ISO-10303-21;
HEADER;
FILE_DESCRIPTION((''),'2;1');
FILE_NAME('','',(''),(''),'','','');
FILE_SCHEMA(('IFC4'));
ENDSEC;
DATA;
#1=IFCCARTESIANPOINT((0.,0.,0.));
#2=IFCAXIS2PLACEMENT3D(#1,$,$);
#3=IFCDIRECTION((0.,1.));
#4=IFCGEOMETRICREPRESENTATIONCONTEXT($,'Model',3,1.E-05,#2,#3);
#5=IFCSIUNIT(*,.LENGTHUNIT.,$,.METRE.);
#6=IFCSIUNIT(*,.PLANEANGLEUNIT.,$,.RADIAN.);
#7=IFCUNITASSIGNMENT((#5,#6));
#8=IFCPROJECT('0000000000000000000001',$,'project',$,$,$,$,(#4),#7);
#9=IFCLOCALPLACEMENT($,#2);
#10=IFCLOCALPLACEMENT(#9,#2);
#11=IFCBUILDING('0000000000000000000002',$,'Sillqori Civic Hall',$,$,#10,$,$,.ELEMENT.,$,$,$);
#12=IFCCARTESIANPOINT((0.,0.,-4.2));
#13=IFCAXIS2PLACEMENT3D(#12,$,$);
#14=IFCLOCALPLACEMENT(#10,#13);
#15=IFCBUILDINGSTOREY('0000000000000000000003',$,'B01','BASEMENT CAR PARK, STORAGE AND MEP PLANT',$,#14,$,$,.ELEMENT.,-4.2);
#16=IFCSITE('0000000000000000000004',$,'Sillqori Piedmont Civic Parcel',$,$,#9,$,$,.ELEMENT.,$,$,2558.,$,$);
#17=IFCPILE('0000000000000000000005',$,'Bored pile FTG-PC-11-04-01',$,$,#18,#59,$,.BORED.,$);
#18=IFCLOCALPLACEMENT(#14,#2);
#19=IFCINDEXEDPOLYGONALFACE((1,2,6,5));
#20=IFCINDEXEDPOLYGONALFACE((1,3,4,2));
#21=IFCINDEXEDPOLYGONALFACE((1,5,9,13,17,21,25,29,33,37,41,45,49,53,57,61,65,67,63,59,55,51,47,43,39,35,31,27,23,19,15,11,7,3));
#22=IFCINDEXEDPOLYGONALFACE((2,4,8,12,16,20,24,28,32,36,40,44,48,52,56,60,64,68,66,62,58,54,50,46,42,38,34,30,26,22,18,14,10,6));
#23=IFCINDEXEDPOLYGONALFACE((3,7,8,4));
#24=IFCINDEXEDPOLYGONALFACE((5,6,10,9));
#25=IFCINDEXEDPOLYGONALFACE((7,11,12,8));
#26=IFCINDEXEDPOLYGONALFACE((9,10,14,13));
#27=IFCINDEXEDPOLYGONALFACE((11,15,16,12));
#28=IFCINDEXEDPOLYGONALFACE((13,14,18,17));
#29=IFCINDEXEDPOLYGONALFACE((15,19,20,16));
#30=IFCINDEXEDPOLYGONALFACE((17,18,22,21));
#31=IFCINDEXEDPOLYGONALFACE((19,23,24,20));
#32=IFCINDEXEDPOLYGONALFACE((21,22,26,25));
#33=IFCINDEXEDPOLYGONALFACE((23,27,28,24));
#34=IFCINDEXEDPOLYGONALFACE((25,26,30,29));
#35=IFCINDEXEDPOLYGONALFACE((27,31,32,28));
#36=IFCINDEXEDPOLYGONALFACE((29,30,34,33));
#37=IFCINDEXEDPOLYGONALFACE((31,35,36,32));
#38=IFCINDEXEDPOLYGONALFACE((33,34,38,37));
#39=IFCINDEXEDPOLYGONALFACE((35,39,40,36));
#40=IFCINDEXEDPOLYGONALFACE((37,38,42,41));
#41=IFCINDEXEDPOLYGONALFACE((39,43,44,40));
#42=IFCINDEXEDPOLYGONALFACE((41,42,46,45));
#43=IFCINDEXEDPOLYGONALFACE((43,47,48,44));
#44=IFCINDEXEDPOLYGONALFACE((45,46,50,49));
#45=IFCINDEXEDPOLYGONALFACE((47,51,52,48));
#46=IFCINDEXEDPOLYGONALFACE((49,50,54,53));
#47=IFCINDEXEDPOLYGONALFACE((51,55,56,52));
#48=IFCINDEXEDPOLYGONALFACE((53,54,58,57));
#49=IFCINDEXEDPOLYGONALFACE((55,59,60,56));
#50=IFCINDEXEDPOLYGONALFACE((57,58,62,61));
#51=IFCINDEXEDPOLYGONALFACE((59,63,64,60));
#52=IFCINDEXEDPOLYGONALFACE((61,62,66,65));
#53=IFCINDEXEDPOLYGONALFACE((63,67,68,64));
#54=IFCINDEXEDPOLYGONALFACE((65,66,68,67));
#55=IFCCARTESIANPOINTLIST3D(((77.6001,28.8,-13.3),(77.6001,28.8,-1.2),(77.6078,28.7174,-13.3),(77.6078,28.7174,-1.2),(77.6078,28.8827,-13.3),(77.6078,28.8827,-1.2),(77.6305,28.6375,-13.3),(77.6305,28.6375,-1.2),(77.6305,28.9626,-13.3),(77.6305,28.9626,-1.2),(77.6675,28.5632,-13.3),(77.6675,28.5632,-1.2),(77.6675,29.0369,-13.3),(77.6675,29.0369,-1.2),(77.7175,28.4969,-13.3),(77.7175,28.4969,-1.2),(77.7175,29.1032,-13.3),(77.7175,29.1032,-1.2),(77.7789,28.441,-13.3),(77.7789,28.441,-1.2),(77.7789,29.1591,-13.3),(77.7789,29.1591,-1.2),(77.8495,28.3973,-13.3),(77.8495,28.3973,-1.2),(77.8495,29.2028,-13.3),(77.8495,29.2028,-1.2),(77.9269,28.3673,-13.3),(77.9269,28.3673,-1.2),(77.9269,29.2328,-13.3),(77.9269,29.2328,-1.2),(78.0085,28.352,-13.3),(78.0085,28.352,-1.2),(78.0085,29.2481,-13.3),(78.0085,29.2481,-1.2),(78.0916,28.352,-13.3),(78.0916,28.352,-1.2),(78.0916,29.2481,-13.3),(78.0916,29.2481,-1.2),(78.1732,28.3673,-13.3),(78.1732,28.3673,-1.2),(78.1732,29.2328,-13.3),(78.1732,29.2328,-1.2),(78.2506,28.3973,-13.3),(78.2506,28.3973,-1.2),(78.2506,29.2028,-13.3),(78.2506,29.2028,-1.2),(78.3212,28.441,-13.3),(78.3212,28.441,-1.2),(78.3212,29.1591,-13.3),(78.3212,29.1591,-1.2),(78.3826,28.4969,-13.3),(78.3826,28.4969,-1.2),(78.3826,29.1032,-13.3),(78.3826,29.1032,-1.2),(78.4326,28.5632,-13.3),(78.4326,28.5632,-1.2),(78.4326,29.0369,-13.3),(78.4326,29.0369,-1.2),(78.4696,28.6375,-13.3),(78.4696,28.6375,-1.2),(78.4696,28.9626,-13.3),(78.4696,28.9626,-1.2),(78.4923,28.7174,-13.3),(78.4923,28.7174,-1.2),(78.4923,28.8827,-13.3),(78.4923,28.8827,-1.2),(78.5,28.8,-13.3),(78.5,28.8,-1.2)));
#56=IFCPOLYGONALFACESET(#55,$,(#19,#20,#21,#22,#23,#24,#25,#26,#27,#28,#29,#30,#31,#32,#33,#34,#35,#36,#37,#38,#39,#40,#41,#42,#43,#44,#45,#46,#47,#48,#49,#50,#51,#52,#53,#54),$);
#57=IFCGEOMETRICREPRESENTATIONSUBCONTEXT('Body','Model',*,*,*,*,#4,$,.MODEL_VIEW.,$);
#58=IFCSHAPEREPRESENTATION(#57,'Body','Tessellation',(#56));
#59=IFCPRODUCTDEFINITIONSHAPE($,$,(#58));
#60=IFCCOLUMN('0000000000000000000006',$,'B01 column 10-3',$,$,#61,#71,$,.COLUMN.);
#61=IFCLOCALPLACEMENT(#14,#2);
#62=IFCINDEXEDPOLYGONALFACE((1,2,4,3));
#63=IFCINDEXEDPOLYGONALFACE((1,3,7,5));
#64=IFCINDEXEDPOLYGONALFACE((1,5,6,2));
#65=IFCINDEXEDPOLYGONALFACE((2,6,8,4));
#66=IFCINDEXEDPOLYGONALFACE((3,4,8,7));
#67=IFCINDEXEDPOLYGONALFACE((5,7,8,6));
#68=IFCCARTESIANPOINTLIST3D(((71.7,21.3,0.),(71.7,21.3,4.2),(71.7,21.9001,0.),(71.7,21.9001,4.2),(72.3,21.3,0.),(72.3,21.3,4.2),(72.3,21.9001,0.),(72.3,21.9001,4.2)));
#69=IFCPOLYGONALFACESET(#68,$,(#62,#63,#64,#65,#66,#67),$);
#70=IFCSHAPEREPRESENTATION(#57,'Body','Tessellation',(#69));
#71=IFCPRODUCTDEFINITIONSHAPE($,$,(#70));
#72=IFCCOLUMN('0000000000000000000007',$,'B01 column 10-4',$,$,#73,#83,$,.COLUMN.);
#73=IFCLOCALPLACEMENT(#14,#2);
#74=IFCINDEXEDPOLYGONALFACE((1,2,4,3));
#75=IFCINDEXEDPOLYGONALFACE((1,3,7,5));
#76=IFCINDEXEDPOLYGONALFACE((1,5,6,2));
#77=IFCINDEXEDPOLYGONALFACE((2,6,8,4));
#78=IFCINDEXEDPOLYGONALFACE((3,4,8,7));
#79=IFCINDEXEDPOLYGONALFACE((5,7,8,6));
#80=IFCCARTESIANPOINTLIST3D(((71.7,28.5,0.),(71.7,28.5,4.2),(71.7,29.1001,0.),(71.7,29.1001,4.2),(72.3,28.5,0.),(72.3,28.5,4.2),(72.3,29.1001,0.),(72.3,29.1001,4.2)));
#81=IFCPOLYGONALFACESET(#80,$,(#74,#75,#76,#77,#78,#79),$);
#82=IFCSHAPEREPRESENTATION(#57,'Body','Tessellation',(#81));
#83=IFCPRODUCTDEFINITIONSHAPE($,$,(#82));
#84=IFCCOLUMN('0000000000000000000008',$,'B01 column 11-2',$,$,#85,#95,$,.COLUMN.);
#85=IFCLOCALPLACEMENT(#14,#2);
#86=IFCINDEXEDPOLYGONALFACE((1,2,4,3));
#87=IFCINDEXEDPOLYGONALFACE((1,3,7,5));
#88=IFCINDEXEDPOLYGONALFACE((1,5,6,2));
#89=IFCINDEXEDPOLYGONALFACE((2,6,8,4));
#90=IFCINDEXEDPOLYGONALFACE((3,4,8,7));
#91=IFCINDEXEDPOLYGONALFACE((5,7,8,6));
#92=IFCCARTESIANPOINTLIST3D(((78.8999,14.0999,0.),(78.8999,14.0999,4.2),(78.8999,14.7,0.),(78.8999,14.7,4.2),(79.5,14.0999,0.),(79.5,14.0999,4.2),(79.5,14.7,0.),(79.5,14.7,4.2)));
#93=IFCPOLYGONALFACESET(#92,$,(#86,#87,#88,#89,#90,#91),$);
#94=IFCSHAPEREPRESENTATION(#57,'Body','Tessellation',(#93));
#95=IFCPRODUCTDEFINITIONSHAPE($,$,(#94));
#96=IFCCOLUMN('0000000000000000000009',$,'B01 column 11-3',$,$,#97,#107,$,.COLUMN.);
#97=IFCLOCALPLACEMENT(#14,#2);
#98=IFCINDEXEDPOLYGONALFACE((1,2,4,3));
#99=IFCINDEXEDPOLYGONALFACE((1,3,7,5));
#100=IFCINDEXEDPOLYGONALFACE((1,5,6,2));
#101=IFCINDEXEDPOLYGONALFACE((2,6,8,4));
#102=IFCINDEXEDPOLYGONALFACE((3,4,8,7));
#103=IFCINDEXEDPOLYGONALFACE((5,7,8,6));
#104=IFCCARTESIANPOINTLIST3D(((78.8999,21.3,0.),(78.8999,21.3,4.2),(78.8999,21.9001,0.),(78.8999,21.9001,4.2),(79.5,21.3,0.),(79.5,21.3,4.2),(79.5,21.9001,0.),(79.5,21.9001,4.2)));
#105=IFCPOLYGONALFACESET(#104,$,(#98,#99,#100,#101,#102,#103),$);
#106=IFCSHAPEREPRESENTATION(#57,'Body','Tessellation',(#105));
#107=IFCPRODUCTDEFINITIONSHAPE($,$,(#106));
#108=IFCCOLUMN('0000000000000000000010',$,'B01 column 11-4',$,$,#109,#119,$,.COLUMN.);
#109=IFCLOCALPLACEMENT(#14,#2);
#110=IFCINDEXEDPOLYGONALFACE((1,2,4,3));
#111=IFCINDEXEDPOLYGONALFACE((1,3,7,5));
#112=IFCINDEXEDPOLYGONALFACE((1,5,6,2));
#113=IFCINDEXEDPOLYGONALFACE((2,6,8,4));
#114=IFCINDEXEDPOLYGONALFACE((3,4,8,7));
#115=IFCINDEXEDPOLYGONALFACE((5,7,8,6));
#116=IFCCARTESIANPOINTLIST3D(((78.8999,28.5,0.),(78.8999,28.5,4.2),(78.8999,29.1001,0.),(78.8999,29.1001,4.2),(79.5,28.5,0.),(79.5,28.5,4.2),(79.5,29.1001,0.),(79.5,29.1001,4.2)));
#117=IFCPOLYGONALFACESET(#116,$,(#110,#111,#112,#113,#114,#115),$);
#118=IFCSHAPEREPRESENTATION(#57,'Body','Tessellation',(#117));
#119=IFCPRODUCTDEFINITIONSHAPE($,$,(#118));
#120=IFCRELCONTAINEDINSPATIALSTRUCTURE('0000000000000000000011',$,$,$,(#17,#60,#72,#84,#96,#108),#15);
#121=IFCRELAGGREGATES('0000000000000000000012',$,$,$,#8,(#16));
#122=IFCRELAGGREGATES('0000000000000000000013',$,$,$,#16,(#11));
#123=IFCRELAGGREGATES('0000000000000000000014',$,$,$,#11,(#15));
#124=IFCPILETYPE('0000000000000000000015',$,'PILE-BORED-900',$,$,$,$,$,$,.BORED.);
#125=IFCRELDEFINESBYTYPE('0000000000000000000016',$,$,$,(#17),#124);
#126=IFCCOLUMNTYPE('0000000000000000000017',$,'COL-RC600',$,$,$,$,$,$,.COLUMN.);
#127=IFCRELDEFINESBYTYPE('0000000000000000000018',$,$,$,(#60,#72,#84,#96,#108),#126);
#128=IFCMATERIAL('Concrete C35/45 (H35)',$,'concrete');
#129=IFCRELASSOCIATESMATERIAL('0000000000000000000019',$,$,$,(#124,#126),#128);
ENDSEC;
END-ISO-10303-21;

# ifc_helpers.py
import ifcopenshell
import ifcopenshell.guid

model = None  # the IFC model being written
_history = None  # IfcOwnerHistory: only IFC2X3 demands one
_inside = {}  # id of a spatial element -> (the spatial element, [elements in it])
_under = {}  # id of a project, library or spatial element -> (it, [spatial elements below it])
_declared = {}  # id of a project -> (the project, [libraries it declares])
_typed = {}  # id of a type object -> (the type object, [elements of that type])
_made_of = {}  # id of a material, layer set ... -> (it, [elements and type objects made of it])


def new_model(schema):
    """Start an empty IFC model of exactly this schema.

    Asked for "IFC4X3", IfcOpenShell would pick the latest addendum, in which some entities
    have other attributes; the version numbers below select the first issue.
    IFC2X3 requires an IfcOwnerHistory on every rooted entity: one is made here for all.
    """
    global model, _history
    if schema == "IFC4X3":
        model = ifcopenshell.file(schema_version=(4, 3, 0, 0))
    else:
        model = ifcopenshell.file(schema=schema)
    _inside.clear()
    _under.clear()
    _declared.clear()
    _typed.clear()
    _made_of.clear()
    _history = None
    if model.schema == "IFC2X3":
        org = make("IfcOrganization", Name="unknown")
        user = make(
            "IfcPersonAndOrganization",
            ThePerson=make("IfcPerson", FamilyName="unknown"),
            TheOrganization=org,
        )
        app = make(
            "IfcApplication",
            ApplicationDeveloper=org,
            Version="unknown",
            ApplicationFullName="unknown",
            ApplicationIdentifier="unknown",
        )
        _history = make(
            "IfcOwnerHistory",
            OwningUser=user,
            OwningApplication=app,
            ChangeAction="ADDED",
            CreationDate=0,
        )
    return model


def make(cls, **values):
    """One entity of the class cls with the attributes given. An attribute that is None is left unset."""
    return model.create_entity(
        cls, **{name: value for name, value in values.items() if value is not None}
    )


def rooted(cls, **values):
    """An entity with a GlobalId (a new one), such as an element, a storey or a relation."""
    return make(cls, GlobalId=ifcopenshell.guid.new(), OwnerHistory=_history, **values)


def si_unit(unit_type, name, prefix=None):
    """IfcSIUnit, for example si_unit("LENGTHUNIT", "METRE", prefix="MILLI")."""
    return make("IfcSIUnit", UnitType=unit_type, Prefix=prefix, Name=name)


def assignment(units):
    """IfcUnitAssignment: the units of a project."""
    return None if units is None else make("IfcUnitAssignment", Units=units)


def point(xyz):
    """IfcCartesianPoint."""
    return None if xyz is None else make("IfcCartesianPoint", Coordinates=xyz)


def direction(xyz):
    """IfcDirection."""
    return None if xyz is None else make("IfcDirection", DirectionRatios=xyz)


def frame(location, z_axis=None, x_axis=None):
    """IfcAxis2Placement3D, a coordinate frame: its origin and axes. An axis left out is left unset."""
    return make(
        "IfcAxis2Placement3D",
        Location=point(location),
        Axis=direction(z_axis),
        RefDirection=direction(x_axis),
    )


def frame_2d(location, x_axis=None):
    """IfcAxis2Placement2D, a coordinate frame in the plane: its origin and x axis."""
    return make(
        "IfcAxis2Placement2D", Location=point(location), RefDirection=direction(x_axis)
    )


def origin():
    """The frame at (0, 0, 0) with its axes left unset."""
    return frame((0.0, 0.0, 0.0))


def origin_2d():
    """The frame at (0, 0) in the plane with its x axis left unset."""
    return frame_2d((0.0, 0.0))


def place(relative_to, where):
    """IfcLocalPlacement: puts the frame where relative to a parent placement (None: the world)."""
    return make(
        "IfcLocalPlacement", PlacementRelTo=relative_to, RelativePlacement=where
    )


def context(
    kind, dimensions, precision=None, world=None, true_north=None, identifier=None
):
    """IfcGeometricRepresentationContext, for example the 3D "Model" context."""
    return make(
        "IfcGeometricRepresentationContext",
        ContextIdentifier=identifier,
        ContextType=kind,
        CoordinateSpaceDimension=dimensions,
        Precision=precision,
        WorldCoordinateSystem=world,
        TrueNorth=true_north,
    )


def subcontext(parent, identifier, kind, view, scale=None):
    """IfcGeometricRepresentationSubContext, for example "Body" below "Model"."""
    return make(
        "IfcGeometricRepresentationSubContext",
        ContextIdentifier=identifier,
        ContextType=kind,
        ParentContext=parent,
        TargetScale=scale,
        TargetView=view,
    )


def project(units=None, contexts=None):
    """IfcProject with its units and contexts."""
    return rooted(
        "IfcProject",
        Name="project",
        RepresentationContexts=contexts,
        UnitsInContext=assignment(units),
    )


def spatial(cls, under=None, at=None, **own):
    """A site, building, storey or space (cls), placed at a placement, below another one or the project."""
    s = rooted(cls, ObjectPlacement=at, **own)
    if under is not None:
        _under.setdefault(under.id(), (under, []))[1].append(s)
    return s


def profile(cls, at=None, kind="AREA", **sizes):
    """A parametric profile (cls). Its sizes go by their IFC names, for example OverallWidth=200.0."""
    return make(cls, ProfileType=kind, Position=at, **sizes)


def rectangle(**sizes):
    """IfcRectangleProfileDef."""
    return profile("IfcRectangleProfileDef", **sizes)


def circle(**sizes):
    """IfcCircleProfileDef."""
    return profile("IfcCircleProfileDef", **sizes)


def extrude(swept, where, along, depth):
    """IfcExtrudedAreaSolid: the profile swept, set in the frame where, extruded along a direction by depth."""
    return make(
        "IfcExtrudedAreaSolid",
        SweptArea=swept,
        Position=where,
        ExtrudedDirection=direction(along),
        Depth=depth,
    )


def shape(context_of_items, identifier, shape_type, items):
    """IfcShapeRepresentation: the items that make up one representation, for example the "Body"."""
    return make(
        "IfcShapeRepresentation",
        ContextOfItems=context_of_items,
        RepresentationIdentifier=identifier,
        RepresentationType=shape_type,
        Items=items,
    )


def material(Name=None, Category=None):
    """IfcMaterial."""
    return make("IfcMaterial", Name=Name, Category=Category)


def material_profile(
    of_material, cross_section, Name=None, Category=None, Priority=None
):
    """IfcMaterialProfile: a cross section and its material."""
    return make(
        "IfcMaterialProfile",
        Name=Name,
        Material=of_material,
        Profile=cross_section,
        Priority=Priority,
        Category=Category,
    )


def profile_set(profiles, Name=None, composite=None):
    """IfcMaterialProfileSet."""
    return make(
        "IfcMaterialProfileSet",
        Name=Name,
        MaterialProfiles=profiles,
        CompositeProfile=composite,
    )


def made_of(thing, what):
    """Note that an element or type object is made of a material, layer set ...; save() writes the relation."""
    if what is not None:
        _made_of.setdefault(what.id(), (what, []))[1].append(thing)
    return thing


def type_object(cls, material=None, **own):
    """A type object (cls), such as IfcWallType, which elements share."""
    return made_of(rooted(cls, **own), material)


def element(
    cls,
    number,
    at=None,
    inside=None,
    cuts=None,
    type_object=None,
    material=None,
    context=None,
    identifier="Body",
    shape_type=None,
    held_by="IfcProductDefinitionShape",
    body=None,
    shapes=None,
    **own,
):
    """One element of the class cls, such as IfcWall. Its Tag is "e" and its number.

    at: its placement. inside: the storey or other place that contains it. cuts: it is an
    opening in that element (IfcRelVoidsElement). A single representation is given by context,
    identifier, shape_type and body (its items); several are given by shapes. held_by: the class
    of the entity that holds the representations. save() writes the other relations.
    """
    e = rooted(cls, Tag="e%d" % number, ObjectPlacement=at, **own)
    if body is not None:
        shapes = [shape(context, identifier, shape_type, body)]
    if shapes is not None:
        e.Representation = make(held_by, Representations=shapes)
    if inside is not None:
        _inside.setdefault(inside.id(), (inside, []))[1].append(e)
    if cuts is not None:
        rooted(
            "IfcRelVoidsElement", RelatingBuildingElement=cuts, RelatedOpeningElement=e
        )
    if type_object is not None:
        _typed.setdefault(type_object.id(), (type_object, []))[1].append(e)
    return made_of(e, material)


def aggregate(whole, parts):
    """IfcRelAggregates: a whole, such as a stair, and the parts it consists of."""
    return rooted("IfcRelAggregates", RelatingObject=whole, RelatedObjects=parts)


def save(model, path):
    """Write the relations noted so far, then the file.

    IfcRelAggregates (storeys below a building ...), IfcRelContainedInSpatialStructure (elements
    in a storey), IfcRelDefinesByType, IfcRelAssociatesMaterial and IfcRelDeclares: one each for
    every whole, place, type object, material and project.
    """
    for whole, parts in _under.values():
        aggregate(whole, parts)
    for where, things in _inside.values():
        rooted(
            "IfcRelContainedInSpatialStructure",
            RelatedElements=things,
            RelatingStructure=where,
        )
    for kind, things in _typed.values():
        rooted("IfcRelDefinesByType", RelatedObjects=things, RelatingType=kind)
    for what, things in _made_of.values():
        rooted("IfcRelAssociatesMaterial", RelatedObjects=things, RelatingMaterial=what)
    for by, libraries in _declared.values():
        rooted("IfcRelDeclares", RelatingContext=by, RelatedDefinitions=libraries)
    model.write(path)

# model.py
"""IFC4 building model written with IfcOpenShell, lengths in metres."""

from ifc_helpers import new_model, si_unit, direction, frame, origin, origin_2d, place, context, subcontext, project, spatial, rectangle, circle, extrude, material, material_profile, profile_set, type_object, element, save


model = new_model("IFC4")

# Units and contexts
model_context = context("Model", 3, precision=1e-05, world=origin(), true_north=direction((0.0, 1.0)))
body_context = subcontext(model_context, "Body", "Model", "MODEL_VIEW")
ifc_project = project(units=[si_unit("LENGTHUNIT", "METRE"), si_unit("PLANEANGLEUNIT", "RADIAN")], contexts=[model_context])

# Site, building, storey
site_placement = place(None, origin())
site = spatial("IfcSite", under=ifc_project, at=site_placement, Name="Sillqori Piedmont Civic Parcel", CompositionType="ELEMENT", RefElevation=2558.0)
building_placement = place(site_placement, origin())
building = spatial("IfcBuilding", under=site, at=building_placement, Name="Sillqori Civic Hall", CompositionType="ELEMENT")
storey_placement = place(building_placement, frame((0.0, 0.0, -4.2)))
storey = spatial("IfcBuildingStorey", under=building, at=storey_placement, Name="B01", Description="BASEMENT CAR PARK, STORAGE AND MEP PLANT", CompositionType="ELEMENT", Elevation=-4.2)

# Shared definitions
ifc_material = material(Name="Concrete C35/45 (H35)", Category="concrete")

# Pile
ifc_material_profile_1 = material_profile(ifc_material, circle(Radius=0.45, at=origin_2d()), Name="BORED PILE 900")
ifc_profile_set_1 = profile_set([ifc_material_profile_1], Name="Concrete C35/45 (H35)")
pile_type = type_object("IfcPileType", Name="PILE-BORED-900", PredefinedType="BORED", material=ifc_profile_set_1)
for number, where, z_axis, x_axis, name in (
    (1, (78.05, 28.8, -1.2), (0.0, 0.0, -1.0), (1.0, 0.0, 0.0), "Bored pile FTG-PC-11-04-01"),
):
    element("IfcPile", number, at=place(storey_placement, frame(where, z_axis=z_axis, x_axis=x_axis)), inside=storey, type_object=pile_type, Name=name, PredefinedType="BORED", context=body_context, shape_type="SweptSolid", body=[
        extrude(circle(Radius=0.45, at=origin_2d()), origin(), (0.0, 0.0, 1.0), 12.1001),
    ])

# Columns
ifc_material_profile_2 = material_profile(ifc_material, rectangle(XDim=0.6001, YDim=0.6001, at=origin_2d()), Name="RC 600x600")
ifc_profile_set_2 = profile_set([ifc_material_profile_2], Name="Concrete C35/45 (H35)")
column_type = type_object("IfcColumnType", Name="COL-RC600", PredefinedType="COLUMN", material=ifc_profile_set_2)
for number, where, z_axis, x_axis, name in (
    (2, (72.0, 21.6001, 0.0), (0.0, 0.0, 1.0), (1.0, 0.0, 0.0), "B01 column 10-3"),
    (3, (72.0, 28.8, 0.0), (0.0, 0.0, 1.0), (1.0, 0.0, 0.0), "B01 column 10-4"),
    (4, (79.2, 14.3999, 0.0), (0.0, 0.0, 1.0), (1.0, 0.0, 0.0), "B01 column 11-2"),
    (5, (79.2, 21.6001, 0.0), (0.0, 0.0, 1.0), (1.0, 0.0, 0.0), "B01 column 11-3"),
    (6, (79.2, 28.8, 0.0), (0.0, 0.0, 1.0), (1.0, 0.0, 0.0), "B01 column 11-4"),
):
    element("IfcColumn", number, at=place(storey_placement, frame(where, z_axis=z_axis, x_axis=x_axis)), inside=storey, type_object=column_type, Name=name, PredefinedType="COLUMN", context=body_context, shape_type="SweptSolid", body=[
        extrude(rectangle(XDim=0.6001, YDim=0.6001, at=origin_2d()), origin(), (0.0, 0.0, 1.0), 4.2),
    ])

save(model, "model.ifc")
